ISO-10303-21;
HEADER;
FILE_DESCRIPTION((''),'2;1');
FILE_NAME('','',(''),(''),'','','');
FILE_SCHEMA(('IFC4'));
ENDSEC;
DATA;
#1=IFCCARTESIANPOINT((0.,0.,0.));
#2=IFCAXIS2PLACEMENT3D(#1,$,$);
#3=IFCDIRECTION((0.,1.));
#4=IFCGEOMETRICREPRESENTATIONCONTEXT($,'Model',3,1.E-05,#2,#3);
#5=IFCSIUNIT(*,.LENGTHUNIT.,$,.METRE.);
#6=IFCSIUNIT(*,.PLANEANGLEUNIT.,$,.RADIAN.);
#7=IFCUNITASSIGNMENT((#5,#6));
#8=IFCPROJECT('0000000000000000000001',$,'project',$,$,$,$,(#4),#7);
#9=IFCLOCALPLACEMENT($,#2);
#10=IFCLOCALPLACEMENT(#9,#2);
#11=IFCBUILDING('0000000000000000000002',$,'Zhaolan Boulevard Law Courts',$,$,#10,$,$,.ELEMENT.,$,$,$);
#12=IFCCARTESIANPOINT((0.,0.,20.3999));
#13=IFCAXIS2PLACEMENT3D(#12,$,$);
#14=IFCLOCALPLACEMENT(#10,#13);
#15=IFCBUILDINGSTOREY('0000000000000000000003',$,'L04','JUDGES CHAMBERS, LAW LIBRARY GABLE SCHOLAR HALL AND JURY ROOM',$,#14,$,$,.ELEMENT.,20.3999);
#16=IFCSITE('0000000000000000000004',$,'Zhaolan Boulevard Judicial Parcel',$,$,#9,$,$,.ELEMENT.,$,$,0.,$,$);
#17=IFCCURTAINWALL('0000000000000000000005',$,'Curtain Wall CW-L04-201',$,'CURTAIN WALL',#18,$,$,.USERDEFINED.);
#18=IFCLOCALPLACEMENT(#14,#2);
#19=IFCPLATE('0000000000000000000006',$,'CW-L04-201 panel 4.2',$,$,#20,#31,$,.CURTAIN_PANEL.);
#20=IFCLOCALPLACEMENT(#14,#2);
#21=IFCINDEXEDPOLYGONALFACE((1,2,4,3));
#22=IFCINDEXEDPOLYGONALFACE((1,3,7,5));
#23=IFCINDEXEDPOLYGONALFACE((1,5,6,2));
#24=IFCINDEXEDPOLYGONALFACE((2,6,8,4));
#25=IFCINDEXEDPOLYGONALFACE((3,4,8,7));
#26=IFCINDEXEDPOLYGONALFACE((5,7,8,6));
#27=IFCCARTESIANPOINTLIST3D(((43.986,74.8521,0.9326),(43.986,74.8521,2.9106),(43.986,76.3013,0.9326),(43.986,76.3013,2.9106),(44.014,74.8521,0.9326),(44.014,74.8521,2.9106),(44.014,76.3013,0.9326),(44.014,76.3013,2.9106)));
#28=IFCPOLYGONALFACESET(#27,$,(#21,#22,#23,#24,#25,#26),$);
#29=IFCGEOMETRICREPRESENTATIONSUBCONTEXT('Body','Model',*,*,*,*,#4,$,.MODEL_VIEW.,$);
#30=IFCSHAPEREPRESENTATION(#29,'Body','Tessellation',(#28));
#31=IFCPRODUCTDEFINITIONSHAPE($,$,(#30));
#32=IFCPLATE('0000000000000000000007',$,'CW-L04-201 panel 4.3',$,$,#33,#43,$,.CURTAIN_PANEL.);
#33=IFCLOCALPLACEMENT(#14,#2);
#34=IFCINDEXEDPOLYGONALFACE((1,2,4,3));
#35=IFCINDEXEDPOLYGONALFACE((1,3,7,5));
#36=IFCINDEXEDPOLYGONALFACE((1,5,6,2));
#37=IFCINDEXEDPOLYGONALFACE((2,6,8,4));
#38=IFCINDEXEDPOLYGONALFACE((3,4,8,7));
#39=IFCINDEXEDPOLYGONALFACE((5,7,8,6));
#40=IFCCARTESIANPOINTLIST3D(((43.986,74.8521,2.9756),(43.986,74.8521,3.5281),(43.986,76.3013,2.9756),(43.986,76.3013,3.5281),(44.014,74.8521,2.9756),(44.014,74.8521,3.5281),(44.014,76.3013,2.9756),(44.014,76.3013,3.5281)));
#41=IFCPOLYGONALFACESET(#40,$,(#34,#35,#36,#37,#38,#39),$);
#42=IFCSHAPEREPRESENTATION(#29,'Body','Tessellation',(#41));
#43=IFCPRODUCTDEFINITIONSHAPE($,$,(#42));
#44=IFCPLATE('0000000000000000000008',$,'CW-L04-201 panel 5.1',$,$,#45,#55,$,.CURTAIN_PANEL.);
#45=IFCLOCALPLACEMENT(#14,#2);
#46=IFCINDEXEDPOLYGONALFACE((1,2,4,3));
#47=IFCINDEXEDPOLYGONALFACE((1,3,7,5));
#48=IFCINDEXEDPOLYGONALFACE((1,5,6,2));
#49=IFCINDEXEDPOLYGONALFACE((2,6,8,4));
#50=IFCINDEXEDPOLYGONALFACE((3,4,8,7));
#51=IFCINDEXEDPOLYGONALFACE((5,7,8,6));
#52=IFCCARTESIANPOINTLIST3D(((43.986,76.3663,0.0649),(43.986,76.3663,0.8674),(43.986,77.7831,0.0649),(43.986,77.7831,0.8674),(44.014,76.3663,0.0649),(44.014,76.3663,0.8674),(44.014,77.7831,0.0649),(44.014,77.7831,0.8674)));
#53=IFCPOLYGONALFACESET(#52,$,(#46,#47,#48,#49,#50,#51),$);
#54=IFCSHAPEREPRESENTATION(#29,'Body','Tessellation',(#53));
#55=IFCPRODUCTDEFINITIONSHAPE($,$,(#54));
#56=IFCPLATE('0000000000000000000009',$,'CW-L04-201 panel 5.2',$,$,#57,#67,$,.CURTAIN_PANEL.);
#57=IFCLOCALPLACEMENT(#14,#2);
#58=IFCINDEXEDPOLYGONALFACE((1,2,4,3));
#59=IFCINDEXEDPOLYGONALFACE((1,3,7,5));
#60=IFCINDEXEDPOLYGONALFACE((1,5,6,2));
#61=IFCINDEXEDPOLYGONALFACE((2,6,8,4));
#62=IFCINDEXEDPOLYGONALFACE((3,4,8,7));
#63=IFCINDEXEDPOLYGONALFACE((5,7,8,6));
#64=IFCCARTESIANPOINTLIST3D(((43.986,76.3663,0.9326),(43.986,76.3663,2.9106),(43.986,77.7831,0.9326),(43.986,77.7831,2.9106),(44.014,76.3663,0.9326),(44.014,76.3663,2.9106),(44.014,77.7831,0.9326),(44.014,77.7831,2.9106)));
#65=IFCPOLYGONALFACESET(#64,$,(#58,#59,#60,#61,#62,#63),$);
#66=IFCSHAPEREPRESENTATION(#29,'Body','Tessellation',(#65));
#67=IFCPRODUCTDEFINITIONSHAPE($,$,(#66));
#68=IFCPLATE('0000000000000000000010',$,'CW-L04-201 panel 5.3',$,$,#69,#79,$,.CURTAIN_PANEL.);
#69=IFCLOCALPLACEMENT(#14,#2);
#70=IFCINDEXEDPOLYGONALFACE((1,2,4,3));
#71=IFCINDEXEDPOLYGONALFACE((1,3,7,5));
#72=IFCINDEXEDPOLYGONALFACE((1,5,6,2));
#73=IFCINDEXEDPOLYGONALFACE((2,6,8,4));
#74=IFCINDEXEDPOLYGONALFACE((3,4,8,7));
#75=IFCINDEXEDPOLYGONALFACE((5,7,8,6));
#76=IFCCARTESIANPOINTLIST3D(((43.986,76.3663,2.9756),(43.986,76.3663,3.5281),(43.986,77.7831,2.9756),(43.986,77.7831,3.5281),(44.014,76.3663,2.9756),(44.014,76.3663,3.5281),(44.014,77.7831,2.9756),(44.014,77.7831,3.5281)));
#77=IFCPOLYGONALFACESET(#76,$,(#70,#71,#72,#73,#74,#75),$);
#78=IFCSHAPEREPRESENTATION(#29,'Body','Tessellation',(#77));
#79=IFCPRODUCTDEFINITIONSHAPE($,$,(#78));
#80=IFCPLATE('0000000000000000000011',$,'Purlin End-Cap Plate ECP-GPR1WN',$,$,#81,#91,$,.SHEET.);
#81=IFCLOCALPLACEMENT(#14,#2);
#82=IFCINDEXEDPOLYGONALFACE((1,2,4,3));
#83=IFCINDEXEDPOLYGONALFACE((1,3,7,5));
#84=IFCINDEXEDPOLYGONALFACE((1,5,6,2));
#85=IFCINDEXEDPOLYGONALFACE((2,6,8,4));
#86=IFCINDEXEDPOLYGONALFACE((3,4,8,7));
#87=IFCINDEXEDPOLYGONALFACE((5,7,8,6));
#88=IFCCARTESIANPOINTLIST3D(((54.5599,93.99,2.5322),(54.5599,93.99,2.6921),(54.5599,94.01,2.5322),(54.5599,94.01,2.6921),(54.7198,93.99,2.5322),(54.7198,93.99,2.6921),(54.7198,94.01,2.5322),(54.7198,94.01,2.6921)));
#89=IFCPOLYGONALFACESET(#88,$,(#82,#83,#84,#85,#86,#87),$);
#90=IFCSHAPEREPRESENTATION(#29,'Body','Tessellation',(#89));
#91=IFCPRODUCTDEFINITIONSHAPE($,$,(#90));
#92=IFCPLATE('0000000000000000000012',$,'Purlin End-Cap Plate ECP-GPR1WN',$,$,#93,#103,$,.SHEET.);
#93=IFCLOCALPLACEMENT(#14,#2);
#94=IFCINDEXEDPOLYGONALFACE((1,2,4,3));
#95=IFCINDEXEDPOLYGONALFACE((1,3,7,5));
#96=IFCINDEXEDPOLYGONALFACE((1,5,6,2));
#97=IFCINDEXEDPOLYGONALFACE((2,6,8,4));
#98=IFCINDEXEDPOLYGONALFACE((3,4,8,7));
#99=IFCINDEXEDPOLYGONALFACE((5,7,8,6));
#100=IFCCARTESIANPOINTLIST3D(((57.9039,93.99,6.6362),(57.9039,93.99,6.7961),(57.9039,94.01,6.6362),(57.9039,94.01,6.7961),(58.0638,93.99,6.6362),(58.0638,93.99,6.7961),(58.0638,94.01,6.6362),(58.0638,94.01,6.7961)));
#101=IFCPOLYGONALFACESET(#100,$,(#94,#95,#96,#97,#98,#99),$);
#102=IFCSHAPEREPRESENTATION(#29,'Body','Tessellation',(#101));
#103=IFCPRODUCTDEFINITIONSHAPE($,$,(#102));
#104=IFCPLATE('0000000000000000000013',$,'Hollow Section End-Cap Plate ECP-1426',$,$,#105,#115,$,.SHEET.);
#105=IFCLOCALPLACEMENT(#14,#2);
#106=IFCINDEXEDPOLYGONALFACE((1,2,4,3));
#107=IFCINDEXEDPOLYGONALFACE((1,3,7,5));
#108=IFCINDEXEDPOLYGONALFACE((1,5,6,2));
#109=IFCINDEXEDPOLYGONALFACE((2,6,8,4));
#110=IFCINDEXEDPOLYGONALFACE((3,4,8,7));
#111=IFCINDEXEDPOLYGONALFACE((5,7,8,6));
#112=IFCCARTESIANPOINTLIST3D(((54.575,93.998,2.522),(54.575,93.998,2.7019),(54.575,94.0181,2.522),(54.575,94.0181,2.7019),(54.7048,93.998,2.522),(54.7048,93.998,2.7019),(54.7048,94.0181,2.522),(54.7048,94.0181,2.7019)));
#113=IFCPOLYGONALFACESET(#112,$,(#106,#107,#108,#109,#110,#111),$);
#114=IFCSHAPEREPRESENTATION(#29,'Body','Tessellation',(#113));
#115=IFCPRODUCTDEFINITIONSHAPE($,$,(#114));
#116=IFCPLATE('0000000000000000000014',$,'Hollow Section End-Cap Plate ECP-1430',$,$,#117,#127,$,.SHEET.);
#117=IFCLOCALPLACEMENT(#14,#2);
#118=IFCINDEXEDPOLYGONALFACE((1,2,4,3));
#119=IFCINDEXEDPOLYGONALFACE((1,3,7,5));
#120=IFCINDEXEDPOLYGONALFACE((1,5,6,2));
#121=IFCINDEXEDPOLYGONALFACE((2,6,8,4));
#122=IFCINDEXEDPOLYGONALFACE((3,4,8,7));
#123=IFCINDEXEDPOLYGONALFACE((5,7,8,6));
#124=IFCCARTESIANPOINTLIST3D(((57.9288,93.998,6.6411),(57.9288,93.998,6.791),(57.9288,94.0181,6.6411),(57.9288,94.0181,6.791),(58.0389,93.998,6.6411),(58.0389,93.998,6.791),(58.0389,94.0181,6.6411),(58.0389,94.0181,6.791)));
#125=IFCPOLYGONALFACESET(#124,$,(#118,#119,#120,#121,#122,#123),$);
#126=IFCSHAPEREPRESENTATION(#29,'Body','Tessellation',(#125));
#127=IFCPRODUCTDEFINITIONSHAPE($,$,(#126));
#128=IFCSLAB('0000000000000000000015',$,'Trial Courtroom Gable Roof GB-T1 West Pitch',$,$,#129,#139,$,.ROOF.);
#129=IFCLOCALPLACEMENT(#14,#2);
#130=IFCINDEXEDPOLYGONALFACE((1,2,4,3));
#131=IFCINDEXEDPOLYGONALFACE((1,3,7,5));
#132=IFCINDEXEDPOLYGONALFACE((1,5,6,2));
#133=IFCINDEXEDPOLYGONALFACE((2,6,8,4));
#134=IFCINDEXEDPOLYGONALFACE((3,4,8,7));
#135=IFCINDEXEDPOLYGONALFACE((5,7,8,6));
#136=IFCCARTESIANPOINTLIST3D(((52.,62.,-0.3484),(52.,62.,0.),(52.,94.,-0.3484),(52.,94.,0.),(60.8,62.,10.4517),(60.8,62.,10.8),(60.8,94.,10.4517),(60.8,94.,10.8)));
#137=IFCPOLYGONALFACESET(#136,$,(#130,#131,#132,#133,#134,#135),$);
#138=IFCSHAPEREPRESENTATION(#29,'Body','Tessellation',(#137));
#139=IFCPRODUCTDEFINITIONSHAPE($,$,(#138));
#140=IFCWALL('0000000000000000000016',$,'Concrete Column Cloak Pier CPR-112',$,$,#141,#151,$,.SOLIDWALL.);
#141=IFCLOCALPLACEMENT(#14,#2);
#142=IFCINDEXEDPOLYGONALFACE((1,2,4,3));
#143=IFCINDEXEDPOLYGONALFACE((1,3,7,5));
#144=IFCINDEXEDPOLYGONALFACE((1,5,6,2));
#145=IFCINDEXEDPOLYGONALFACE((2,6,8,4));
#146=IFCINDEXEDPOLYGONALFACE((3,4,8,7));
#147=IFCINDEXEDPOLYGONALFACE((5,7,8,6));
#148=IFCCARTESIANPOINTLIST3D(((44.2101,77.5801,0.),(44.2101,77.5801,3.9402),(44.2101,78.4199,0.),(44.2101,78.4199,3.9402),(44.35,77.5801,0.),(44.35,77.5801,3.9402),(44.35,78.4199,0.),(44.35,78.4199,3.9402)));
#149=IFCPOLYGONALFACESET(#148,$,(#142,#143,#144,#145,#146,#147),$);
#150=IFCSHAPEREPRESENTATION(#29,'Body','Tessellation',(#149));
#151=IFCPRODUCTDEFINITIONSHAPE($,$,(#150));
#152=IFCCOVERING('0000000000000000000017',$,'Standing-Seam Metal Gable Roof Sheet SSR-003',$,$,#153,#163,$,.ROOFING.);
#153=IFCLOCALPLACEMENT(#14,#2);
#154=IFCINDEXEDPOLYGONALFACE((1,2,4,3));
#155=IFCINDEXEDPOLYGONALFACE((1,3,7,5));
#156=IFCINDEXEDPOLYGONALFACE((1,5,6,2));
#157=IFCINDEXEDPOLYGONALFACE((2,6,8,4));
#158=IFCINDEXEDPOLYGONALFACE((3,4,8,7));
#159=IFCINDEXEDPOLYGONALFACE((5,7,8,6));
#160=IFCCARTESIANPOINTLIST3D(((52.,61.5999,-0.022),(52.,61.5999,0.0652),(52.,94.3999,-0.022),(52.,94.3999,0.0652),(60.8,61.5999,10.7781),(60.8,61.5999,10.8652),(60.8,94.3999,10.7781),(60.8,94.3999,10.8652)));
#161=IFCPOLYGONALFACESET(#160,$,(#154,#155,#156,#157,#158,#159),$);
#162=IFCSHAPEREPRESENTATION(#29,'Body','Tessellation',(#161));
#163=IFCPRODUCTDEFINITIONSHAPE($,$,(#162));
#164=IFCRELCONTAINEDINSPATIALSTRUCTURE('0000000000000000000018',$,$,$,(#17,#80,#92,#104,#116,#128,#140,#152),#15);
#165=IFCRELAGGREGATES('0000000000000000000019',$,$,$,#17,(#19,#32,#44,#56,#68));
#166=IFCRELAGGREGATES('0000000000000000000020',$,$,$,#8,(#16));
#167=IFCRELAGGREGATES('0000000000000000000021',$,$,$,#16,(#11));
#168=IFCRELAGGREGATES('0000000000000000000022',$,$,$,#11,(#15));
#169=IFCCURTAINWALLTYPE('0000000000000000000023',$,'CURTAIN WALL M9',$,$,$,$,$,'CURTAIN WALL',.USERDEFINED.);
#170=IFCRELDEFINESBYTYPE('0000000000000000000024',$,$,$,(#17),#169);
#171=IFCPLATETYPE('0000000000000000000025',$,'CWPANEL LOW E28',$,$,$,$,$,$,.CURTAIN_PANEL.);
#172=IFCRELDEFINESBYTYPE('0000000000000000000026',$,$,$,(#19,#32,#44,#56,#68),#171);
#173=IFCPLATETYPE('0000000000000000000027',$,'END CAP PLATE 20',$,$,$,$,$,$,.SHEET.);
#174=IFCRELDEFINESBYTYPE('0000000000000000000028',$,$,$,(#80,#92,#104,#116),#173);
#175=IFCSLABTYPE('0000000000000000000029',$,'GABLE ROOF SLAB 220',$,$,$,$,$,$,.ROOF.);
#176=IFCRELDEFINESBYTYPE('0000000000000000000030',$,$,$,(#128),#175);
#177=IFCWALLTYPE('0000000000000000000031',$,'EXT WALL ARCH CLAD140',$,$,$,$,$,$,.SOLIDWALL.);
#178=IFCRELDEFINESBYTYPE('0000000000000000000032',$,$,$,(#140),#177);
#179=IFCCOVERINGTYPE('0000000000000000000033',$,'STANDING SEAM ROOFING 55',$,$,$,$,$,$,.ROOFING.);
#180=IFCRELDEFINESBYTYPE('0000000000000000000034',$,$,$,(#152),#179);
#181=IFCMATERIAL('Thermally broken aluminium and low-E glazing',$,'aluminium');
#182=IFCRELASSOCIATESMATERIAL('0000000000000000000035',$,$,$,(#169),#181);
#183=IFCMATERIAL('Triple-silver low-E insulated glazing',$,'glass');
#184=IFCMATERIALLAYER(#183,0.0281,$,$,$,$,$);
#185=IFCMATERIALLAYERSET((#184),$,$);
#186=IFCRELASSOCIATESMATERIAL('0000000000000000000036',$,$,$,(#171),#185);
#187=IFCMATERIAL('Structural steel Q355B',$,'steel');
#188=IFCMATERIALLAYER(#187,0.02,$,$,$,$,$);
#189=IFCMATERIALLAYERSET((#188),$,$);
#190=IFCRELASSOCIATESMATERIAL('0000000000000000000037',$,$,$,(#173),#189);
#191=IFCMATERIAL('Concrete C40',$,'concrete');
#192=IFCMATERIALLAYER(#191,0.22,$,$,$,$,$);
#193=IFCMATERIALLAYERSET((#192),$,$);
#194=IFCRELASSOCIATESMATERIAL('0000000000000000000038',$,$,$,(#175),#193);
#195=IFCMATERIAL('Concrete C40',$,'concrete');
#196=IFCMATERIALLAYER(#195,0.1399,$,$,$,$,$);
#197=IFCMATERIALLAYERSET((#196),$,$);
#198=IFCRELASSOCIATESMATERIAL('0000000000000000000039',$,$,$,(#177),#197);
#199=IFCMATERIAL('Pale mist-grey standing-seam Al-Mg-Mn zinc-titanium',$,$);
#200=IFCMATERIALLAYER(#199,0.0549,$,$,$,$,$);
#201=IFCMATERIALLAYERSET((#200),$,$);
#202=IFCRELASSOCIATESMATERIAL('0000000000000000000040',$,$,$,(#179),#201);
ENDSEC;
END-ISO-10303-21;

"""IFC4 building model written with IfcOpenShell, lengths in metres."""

from ifc_helpers import new_model, si_unit, direction, frame, frame_2d, origin, origin_2d, place, context, subcontext, project, spatial, polyline, rectangle, outline, extrude, material, layer, layer_set, type_object, element, aggregate, save


model = new_model("IFC4")

# Units and contexts
model_context = context("Model", 3, precision=1e-05, world=origin(), true_north=direction((0.0, 1.0)))
body_context = subcontext(model_context, "Body", "Model", "MODEL_VIEW")
ifc_project = project(units=[si_unit("LENGTHUNIT", "METRE"), si_unit("PLANEANGLEUNIT", "RADIAN")], contexts=[model_context])

# Site, building, storey
site_placement = place(None, origin())
site = spatial("IfcSite", under=ifc_project, at=site_placement, Name="Zhaolan Boulevard Judicial Parcel", CompositionType="ELEMENT", RefElevation=0.0)
building_placement = place(site_placement, origin())
building = spatial("IfcBuilding", under=site, at=building_placement, Name="Zhaolan Boulevard Law Courts", CompositionType="ELEMENT")
storey_placement = place(building_placement, frame((0.0, 0.0, 20.3999)))
storey = spatial("IfcBuildingStorey", under=building, at=storey_placement, Name="L04", Description="JUDGES CHAMBERS, LAW LIBRARY GABLE SCHOLAR HALL AND JURY ROOM", CompositionType="ELEMENT", Elevation=20.3999)

# Curtain wall
ifc_material_1 = material(Name="Thermally broken aluminium and low-E glazing", Category="aluminium")
curtain_wall_type = type_object("IfcCurtainWallType", Name="CURTAIN WALL M9", ElementType="CURTAIN WALL", PredefinedType="USERDEFINED", material=ifc_material_1)
curtain_wall_placement = place(storey_placement, origin())
curtain_wall = element("IfcCurtainWall", 1, at=curtain_wall_placement, inside=storey, type_object=curtain_wall_type, Name="Curtain Wall CW-L04-201", ObjectType="CURTAIN WALL", PredefinedType="USERDEFINED")

# Plates
ifc_material_2 = material(Name="Triple-silver low-E insulated glazing", Category="glass")
ifc_layer_1 = layer(ifc_material_2, 0.0281)
ifc_layer_set_1 = layer_set([ifc_layer_1])
plate_type_1 = type_object("IfcPlateType", Name="CWPANEL LOW E28", PredefinedType="CURTAIN_PANEL", material=ifc_layer_set_1)
plate_1_placement = place(storey_placement, frame((44.0, 75.5767, 0.9326), z_axis=(0.0, 0.0, 1.0), x_axis=(0.0, 1.0, 0.0)))
plate_1 = element("IfcPlate", 2, at=plate_1_placement, type_object=plate_type_1, Name="CW-L04-201 panel 4.2", PredefinedType="CURTAIN_PANEL", context=body_context, shape_type="SweptSolid", body=[
    extrude(rectangle(XDim=1.4492, YDim=0.0281, at=origin_2d()), origin(), (0.0, 0.0, 1.0), 1.978),
])
plate_2_placement = place(storey_placement, frame((44.0, 75.5767, 2.9756), z_axis=(0.0, 0.0, 1.0), x_axis=(0.0, 1.0, 0.0)))
plate_2 = element("IfcPlate", 3, at=plate_2_placement, type_object=plate_type_1, Name="CW-L04-201 panel 4.3", PredefinedType="CURTAIN_PANEL", context=body_context, shape_type="SweptSolid", body=[
    extrude(rectangle(XDim=1.4492, YDim=0.0281, at=origin_2d()), origin(), (0.0, 0.0, 1.0), 0.5525),
])
plate_3_placement = place(storey_placement, frame((44.0, 77.0747, 0.0649), z_axis=(0.0, 0.0, 1.0), x_axis=(0.0, 1.0, 0.0)))
plate_3 = element("IfcPlate", 4, at=plate_3_placement, type_object=plate_type_1, Name="CW-L04-201 panel 5.1", PredefinedType="CURTAIN_PANEL", context=body_context, shape_type="SweptSolid", body=[
    extrude(rectangle(XDim=1.4167, YDim=0.0281, at=origin_2d()), origin(), (0.0, 0.0, 1.0), 0.8025),
])
plate_4_placement = place(storey_placement, frame((44.0, 77.0747, 0.9326), z_axis=(0.0, 0.0, 1.0), x_axis=(0.0, 1.0, 0.0)))
plate_4 = element("IfcPlate", 5, at=plate_4_placement, type_object=plate_type_1, Name="CW-L04-201 panel 5.2", PredefinedType="CURTAIN_PANEL", context=body_context, shape_type="SweptSolid", body=[
    extrude(rectangle(XDim=1.4167, YDim=0.0281, at=origin_2d()), origin(), (0.0, 0.0, 1.0), 1.978),
])
plate_5_placement = place(storey_placement, frame((44.0, 77.0747, 2.9756), z_axis=(0.0, 0.0, 1.0), x_axis=(0.0, 1.0, 0.0)))
plate_5 = element("IfcPlate", 6, at=plate_5_placement, type_object=plate_type_1, Name="CW-L04-201 panel 5.3", PredefinedType="CURTAIN_PANEL", context=body_context, shape_type="SweptSolid", body=[
    extrude(rectangle(XDim=1.4167, YDim=0.0281, at=origin_2d()), origin(), (0.0, 0.0, 1.0), 0.5525),
])
aggregate(curtain_wall, [plate_1, plate_2, plate_3, plate_4, plate_5])

# Plates
ifc_material_3 = material(Name="Structural steel Q355B", Category="steel")
ifc_layer_2 = layer(ifc_material_3, 0.02)
ifc_layer_set_2 = layer_set([ifc_layer_2])
plate_type_2 = type_object("IfcPlateType", Name="END CAP PLATE 20", PredefinedType="SHEET", material=ifc_layer_set_2)
for number, where, z_axis, x_axis, name in (
    (7, (54.6399, 94.0, 2.5322), (0.0, 0.0, 1.0), (1.0, 0.0, 0.0), "Purlin End-Cap Plate ECP-GPR1WN"),
    (8, (57.9839, 94.0, 6.6362), (0.0, 0.0, 1.0), (1.0, 0.0, 0.0), "Purlin End-Cap Plate ECP-GPR1WN"),
):
    element("IfcPlate", number, at=place(storey_placement, frame(where, z_axis=z_axis, x_axis=x_axis)), inside=storey, type_object=plate_type_2, Name=name, PredefinedType="SHEET", context=body_context, shape_type="SweptSolid", body=[
        extrude(rectangle(XDim=0.1599, YDim=0.02, at=origin_2d()), origin(), (0.0, 0.0, 1.0), 0.1599),
    ])
plate_6_placement = place(storey_placement, frame((54.6399, 94.0081, 2.522), z_axis=(0.0, 0.0, 1.0), x_axis=(0.0, 1.0, 0.0)))
element("IfcPlate", 9, at=plate_6_placement, inside=storey, type_object=plate_type_2, Name="Hollow Section End-Cap Plate ECP-1426", PredefinedType="SHEET", context=body_context, shape_type="SweptSolid", body=[
    extrude(rectangle(XDim=0.02, YDim=0.1299, at=origin_2d()), origin(), (0.0, 0.0, 1.0), 0.1799),
])
plate_7_placement = place(storey_placement, frame((57.9839, 94.0081, 6.6411), z_axis=(0.0, 0.0, 1.0), x_axis=(0.0, 1.0, 0.0)))
element("IfcPlate", 10, at=plate_7_placement, inside=storey, type_object=plate_type_2, Name="Hollow Section End-Cap Plate ECP-1430", PredefinedType="SHEET", context=body_context, shape_type="SweptSolid", body=[
    extrude(rectangle(XDim=0.02, YDim=0.1101, at=origin_2d()), origin(), (0.0, 0.0, 1.0), 0.1499),
])

# Slab
ifc_material_4 = material(Name="Concrete C40", Category="concrete")
ifc_layer_3 = layer(ifc_material_4, 0.22)
ifc_layer_set_3 = layer_set([ifc_layer_3])
slab_type = type_object("IfcSlabType", Name="GABLE ROOF SLAB 220", PredefinedType="ROOF", material=ifc_layer_set_3)
slab_placement = place(storey_placement, frame((52.0, 94.0, 0.0), z_axis=(0.0, -1.0, 0.0), x_axis=(1.0, 0.0, 0.0)))
element("IfcSlab", 11, at=slab_placement, inside=storey, type_object=slab_type, Name="Trial Courtroom Gable Roof GB-T1 West Pitch", PredefinedType="ROOF", context=body_context, shape_type="SweptSolid", body=[
    extrude(outline(polyline([(0.0, 0.0), (8.8, 10.8), (8.8, 10.4517), (0.0, -0.3484), (0.0, 0.0)])), origin(), (0.0, 0.0, 1.0), 32.0),
])

# Wall
ifc_material_5 = material(Name="Concrete C40", Category="concrete")
ifc_layer_4 = layer(ifc_material_5, 0.1399)
ifc_layer_set_4 = layer_set([ifc_layer_4])
wall_type = type_object("IfcWallType", Name="EXT WALL ARCH CLAD140", PredefinedType="SOLIDWALL", material=ifc_layer_set_4)
wall_placement = place(storey_placement, frame((44.28, 77.5801, 0.0), z_axis=(0.0, 0.0, 1.0), x_axis=(0.0, 1.0, 0.0)))
element("IfcWall", 12, at=wall_placement, inside=storey, type_object=wall_type, Name="Concrete Column Cloak Pier CPR-112", PredefinedType="SOLIDWALL", context=body_context, shape_type="SweptSolid", body=[
    extrude(rectangle(XDim=0.8398, YDim=0.1399, at=frame_2d((0.4199, 0.0))), origin(), (0.0, 0.0, 1.0), 3.9402),
])

# Covering
ifc_material_6 = material(Name="Pale mist-grey standing-seam Al-Mg-Mn zinc-titanium")
ifc_layer_5 = layer(ifc_material_6, 0.0549)
ifc_layer_set_5 = layer_set([ifc_layer_5])
covering_type = type_object("IfcCoveringType", Name="STANDING SEAM ROOFING 55", PredefinedType="ROOFING", material=ifc_layer_set_5)
covering_placement = place(storey_placement, frame((52.0, 94.3999, 0.0652), z_axis=(0.0, -1.0, 0.0), x_axis=(1.0, 0.0, 0.0)))
element("IfcCovering", 13, at=covering_placement, inside=storey, type_object=covering_type, Name="Standing-Seam Metal Gable Roof Sheet SSR-003", PredefinedType="ROOFING", context=body_context, shape_type="SweptSolid", body=[
    extrude(outline(polyline([(0.0, 0.0), (8.8, 10.8), (8.8, 10.7129), (0.0, -0.0872), (0.0, 0.0)])), origin(), (0.0, 0.0, 1.0), 32.8),
])

save(model, "model.ifc")
